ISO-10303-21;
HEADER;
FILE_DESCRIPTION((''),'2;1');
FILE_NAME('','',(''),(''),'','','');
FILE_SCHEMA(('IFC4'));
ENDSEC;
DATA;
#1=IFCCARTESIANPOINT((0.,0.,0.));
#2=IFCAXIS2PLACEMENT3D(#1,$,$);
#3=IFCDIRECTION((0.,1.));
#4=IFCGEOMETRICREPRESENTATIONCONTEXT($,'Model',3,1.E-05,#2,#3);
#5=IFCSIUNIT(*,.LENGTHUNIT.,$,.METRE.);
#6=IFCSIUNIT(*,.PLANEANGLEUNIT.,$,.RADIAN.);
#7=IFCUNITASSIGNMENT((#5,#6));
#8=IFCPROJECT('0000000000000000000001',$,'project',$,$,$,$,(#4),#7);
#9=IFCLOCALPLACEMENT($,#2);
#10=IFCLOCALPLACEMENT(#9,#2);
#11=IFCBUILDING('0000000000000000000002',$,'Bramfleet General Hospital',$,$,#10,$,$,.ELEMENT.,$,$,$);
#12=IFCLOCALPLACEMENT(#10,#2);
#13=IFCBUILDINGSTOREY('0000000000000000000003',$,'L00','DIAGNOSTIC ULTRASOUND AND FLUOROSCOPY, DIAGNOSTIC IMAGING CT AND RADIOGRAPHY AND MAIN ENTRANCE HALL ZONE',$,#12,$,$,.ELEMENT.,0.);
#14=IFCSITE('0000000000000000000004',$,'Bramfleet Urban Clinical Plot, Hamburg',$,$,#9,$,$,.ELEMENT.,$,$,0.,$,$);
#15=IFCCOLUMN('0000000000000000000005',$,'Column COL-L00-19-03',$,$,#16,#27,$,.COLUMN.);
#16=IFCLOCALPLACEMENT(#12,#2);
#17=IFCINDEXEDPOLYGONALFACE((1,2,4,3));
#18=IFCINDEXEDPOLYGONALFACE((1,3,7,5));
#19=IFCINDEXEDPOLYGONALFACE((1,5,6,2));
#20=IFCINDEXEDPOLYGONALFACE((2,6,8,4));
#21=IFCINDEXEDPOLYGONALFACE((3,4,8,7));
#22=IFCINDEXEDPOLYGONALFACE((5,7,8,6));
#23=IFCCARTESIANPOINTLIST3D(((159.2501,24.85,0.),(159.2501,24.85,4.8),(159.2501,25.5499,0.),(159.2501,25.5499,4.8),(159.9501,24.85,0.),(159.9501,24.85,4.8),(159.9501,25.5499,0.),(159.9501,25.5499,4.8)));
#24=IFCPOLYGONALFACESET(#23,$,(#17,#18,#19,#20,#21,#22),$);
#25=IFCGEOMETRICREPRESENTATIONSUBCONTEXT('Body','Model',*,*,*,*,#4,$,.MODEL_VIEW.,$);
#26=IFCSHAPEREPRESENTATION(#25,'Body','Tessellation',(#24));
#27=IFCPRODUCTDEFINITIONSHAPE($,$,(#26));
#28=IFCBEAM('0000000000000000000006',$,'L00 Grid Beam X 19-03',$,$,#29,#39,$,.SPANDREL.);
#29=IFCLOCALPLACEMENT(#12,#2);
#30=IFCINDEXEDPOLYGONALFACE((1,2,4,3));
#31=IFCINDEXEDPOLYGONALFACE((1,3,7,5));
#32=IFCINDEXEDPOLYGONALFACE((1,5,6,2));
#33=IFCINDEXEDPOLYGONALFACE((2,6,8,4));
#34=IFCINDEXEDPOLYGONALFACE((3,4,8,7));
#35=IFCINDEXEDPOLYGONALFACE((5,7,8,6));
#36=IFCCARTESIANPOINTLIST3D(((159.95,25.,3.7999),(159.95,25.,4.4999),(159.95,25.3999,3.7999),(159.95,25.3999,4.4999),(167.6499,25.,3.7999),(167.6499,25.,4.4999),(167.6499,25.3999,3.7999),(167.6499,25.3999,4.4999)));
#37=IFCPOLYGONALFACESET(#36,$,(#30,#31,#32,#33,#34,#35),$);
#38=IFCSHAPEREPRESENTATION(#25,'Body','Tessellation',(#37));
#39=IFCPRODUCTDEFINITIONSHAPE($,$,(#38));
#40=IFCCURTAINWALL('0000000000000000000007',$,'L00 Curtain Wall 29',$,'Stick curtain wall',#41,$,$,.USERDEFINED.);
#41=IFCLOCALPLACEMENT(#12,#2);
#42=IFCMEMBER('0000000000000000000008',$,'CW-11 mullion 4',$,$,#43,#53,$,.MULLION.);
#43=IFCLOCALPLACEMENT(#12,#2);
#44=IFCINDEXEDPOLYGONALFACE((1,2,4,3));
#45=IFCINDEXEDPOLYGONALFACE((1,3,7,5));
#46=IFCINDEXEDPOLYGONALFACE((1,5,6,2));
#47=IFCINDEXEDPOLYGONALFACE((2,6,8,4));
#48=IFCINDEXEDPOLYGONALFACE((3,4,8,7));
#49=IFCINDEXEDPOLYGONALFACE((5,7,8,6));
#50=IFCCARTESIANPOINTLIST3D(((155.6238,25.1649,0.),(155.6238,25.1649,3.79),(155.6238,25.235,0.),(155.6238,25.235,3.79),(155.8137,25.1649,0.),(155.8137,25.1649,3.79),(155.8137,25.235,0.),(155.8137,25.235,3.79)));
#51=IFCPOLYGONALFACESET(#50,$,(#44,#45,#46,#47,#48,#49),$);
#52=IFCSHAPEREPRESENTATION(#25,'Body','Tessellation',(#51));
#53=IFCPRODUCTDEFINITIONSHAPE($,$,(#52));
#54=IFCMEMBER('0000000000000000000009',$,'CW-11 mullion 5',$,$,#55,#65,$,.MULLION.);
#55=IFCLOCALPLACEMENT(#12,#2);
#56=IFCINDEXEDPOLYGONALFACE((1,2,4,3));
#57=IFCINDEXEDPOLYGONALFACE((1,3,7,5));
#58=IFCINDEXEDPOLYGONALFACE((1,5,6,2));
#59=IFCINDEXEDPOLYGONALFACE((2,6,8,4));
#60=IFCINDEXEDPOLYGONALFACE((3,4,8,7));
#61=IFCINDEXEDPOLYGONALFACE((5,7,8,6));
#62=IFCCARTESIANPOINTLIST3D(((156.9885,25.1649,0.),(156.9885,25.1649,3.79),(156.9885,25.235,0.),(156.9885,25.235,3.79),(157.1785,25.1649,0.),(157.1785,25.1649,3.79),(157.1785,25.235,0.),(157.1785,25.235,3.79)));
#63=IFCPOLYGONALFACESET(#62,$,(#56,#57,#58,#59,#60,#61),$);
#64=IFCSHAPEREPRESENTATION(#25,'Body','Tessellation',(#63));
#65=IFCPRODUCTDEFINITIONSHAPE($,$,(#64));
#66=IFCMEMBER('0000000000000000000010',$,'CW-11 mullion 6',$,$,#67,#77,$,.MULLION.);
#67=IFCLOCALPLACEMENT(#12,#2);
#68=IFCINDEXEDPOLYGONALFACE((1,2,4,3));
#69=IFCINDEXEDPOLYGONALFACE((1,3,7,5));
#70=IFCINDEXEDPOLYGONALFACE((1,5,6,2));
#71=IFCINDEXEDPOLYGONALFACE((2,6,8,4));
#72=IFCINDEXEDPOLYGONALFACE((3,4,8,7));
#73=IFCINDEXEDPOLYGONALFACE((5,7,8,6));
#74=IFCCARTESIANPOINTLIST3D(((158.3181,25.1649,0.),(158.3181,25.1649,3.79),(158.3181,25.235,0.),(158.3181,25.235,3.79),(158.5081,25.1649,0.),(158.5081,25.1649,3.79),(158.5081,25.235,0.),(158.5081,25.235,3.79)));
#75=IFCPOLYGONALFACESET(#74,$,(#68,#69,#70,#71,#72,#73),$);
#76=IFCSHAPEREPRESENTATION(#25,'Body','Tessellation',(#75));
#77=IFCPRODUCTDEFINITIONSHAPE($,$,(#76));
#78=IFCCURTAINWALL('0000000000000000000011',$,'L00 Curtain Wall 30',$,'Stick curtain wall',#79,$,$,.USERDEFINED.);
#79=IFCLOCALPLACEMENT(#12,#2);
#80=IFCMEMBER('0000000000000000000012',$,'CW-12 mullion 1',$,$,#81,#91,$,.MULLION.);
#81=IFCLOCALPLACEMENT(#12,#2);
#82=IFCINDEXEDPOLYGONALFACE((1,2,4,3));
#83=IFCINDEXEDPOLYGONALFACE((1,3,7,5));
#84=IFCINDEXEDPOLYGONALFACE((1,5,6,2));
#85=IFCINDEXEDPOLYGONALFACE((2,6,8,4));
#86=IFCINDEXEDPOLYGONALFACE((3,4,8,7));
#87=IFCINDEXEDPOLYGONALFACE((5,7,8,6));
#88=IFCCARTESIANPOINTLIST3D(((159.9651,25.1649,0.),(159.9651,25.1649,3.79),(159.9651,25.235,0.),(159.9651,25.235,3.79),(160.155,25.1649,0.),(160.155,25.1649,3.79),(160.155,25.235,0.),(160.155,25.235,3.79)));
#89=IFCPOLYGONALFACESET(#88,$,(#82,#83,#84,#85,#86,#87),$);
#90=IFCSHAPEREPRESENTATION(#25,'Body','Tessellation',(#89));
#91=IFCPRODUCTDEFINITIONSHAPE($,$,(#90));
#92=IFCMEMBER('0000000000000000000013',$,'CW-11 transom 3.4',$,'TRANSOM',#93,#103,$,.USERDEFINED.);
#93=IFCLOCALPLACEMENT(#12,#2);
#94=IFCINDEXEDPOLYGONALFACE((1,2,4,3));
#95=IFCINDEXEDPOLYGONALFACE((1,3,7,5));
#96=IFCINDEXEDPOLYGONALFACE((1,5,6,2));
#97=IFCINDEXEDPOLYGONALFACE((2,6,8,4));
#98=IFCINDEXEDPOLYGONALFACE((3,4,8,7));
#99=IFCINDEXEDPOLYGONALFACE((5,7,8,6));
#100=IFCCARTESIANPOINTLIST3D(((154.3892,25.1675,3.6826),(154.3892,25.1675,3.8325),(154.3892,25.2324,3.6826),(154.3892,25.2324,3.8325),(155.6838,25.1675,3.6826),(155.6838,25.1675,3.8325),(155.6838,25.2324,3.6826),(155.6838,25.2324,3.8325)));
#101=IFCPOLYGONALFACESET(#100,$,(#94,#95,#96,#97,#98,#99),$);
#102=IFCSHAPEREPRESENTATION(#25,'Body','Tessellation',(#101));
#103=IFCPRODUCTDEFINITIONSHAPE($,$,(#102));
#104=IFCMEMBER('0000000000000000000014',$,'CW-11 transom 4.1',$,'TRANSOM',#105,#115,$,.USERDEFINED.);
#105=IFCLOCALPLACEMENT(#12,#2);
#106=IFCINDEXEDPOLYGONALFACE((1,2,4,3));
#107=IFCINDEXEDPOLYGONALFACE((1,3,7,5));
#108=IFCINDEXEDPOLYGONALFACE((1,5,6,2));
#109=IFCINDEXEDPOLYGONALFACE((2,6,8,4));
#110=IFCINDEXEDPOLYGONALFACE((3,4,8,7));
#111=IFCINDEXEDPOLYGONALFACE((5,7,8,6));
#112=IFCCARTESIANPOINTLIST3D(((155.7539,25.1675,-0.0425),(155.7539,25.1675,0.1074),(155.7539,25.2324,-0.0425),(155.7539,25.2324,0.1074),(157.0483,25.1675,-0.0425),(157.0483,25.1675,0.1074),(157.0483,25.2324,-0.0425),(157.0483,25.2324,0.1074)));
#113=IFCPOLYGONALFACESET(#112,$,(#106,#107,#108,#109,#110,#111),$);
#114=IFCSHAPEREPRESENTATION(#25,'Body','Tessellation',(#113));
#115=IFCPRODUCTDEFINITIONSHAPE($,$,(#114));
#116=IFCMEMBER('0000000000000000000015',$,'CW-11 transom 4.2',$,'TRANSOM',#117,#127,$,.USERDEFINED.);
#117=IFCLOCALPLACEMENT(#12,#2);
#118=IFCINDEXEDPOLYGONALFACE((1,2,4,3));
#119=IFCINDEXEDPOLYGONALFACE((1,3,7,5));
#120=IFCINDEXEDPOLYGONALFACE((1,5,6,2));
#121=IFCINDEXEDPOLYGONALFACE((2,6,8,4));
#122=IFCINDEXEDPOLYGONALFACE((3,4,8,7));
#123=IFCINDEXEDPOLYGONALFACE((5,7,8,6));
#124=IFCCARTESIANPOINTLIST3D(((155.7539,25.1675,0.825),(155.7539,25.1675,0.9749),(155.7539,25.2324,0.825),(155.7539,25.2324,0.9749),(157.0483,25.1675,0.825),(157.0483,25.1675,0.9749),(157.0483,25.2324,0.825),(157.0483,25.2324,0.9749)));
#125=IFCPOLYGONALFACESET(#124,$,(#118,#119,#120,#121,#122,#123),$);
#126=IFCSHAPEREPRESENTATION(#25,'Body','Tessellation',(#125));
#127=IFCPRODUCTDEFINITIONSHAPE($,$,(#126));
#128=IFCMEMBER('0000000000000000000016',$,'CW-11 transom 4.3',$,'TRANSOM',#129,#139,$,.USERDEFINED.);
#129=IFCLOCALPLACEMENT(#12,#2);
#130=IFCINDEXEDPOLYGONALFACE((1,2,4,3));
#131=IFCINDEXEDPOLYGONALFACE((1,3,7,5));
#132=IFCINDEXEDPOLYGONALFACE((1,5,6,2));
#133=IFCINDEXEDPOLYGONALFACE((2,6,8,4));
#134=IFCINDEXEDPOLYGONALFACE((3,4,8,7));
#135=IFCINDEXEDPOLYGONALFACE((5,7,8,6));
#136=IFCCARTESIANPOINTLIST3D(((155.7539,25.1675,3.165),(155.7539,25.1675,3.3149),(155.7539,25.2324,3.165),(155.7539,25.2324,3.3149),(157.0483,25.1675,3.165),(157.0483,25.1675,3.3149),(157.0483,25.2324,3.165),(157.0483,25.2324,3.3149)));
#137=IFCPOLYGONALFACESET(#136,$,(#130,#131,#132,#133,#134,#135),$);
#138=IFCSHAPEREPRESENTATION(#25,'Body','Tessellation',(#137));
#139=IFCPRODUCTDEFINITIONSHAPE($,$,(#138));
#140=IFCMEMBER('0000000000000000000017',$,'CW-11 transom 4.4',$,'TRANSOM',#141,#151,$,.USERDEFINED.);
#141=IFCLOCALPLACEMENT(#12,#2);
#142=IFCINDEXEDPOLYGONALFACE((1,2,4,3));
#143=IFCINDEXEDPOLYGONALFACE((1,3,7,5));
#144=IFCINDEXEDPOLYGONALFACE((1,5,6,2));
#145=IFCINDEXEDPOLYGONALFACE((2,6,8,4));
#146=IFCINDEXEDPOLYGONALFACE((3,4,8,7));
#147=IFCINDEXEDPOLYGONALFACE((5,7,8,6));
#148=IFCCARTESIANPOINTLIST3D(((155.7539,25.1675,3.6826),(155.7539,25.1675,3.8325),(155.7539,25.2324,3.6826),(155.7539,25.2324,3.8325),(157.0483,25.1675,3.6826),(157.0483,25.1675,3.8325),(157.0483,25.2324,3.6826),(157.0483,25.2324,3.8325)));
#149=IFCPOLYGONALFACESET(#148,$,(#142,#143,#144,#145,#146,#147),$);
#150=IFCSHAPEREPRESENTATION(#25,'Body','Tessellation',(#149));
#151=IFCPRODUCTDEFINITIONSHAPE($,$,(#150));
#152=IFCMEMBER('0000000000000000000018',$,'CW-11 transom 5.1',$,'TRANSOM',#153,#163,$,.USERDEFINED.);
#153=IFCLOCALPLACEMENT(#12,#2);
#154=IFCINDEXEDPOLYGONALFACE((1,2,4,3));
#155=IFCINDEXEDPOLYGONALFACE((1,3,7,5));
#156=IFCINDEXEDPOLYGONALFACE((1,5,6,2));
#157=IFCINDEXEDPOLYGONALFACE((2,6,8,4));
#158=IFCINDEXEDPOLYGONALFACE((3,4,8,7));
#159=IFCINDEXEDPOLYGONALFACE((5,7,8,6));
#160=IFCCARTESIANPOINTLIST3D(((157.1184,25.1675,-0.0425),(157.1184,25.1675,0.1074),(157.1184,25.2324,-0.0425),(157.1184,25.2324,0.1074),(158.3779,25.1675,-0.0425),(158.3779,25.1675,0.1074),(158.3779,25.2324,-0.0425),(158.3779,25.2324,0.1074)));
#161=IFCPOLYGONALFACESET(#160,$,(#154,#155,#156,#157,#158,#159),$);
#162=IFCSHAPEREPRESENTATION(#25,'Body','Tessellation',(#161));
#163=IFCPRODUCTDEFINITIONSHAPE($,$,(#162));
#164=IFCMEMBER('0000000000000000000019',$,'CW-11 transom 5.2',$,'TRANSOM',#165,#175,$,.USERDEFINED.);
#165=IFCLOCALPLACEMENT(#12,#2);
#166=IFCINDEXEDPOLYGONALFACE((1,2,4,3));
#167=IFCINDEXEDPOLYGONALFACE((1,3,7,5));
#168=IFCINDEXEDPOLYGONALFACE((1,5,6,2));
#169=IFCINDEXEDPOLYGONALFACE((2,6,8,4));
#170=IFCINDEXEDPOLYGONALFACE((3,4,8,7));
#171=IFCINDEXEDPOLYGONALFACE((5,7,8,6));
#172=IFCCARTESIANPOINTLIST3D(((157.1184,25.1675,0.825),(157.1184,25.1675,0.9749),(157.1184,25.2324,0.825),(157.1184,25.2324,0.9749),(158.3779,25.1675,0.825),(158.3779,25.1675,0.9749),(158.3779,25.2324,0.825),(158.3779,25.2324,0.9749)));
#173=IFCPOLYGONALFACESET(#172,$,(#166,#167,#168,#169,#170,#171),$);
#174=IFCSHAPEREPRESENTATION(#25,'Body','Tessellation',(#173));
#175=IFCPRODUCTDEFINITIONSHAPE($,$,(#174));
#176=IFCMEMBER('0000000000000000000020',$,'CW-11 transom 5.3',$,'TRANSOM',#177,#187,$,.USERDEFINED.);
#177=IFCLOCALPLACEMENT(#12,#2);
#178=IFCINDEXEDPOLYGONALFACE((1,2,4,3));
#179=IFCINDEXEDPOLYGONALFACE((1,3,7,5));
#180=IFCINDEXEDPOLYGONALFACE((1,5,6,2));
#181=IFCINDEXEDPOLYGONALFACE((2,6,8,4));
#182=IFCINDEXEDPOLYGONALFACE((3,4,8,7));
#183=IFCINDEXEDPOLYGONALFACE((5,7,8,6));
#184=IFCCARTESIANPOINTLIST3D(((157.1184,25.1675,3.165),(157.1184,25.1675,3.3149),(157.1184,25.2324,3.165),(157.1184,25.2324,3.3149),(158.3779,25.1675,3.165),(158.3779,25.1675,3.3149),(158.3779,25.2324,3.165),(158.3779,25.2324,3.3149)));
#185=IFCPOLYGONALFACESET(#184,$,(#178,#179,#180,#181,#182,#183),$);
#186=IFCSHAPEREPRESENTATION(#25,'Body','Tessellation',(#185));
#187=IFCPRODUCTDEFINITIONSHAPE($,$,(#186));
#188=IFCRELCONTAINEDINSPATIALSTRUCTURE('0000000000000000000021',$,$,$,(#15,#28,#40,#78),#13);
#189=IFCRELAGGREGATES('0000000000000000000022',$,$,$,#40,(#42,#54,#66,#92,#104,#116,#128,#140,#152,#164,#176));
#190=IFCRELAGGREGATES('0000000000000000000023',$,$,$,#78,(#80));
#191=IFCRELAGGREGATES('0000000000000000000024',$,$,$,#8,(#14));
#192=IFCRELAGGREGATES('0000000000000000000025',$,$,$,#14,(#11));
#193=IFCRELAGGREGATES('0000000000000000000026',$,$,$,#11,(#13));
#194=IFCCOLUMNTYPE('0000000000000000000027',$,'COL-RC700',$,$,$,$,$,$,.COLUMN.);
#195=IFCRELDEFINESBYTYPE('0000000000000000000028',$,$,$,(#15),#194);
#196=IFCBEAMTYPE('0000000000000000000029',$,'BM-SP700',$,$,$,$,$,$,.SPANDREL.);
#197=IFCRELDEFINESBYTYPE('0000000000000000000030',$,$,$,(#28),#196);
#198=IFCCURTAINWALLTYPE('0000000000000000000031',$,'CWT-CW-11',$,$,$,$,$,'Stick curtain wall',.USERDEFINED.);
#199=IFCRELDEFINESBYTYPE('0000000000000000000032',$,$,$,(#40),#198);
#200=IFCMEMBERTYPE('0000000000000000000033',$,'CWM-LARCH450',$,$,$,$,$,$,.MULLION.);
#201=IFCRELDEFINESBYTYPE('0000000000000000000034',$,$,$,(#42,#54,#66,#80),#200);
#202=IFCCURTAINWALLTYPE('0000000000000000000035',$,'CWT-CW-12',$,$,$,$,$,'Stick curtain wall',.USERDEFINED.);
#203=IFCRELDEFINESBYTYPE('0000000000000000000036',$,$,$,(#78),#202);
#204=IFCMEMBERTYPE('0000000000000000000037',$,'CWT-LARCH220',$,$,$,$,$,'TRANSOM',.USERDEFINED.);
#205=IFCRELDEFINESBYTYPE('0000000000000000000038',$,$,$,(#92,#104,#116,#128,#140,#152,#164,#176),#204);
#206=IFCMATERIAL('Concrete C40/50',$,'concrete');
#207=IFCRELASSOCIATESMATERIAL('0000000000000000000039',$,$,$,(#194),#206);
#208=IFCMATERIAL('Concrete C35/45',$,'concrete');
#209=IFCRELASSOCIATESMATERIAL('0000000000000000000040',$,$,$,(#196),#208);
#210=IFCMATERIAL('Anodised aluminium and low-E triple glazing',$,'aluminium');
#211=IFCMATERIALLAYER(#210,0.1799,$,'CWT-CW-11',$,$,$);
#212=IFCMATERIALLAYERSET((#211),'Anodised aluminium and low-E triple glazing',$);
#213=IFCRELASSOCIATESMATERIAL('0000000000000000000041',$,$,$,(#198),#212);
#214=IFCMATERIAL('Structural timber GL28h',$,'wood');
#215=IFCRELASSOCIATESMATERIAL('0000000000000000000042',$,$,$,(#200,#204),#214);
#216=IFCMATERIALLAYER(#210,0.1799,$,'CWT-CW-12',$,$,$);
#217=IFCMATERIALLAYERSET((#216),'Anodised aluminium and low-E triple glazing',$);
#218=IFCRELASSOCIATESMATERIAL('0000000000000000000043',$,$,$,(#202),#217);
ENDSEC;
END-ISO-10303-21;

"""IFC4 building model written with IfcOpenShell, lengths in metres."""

from ifc_helpers import new_model, si_unit, direction, frame, origin, origin_2d, place, context, subcontext, project, spatial, rectangle, extrude, material, layer, layer_set, material_profile, profile_set, type_object, element, aggregate, save


model = new_model("IFC4")

# Units and contexts
model_context = context("Model", 3, precision=1e-05, world=origin(), true_north=direction((0.0, 1.0)))
body_context = subcontext(model_context, "Body", "Model", "MODEL_VIEW")
ifc_project = project(units=[si_unit("LENGTHUNIT", "METRE"), si_unit("PLANEANGLEUNIT", "RADIAN")], contexts=[model_context])

# Site, building, storey
site_placement = place(None, origin())
site = spatial("IfcSite", under=ifc_project, at=site_placement, Name="Bramfleet Urban Clinical Plot, Hamburg", CompositionType="ELEMENT", RefElevation=0.0)
building_placement = place(site_placement, origin())
building = spatial("IfcBuilding", under=site, at=building_placement, Name="Bramfleet General Hospital", CompositionType="ELEMENT")
storey_placement = place(building_placement, origin())
storey = spatial("IfcBuildingStorey", under=building, at=storey_placement, Name="L00", Description="DIAGNOSTIC ULTRASOUND AND FLUOROSCOPY, DIAGNOSTIC IMAGING CT AND RADIOGRAPHY AND MAIN ENTRANCE HALL ZONE", CompositionType="ELEMENT", Elevation=0.0)

# Column
ifc_material_1 = material(Name="Concrete C40/50", Category="concrete")
ifc_material_profile_1 = material_profile(ifc_material_1, rectangle(XDim=0.7, YDim=0.7, at=origin_2d()), Name="RC COL 700x700")
ifc_profile_set_1 = profile_set([ifc_material_profile_1], Name="Concrete C40/50")
column_type = type_object("IfcColumnType", Name="COL-RC700", PredefinedType="COLUMN", material=ifc_profile_set_1)
column_placement = place(storey_placement, frame((159.6001, 25.2, 0.0), z_axis=(0.0, 0.0, 1.0), x_axis=(1.0, 0.0, 0.0)))
element("IfcColumn", 1, at=column_placement, inside=storey, type_object=column_type, Name="Column COL-L00-19-03", PredefinedType="COLUMN", context=body_context, shape_type="SweptSolid", body=[
    extrude(rectangle(XDim=0.7, YDim=0.7, at=origin_2d()), origin(), (0.0, 0.0, 1.0), 4.8),
])

# Beam
ifc_material_2 = material(Name="Concrete C35/45", Category="concrete")
ifc_material_profile_2 = material_profile(ifc_material_2, rectangle(XDim=0.3999, YDim=0.7, at=origin_2d()), Name="RC SP 700x400")
ifc_profile_set_2 = profile_set([ifc_material_profile_2], Name="Concrete C35/45")
beam_type = type_object("IfcBeamType", Name="BM-SP700", PredefinedType="SPANDREL", material=ifc_profile_set_2)
beam_placement = place(storey_placement, frame((159.95, 25.2, 4.1499), z_axis=(1.0, 0.0, 0.0), x_axis=(0.0, 1.0, 0.0)))
element("IfcBeam", 2, at=beam_placement, inside=storey, type_object=beam_type, Name="L00 Grid Beam X 19-03", PredefinedType="SPANDREL", context=body_context, shape_type="SweptSolid", body=[
    extrude(rectangle(XDim=0.3999, YDim=0.7, at=origin_2d()), origin(), (0.0, 0.0, 1.0), 7.7),
])

# Curtain wall, members
ifc_material_3 = material(Name="Anodised aluminium and low-E triple glazing", Category="aluminium")
ifc_layer_1 = layer(ifc_material_3, 0.1799, Name="CWT-CW-11")
ifc_layer_set_1 = layer_set([ifc_layer_1], Name="Anodised aluminium and low-E triple glazing")
curtain_wall_type_1 = type_object("IfcCurtainWallType", Name="CWT-CW-11", ElementType="Stick curtain wall", PredefinedType="USERDEFINED", material=ifc_layer_set_1)
curtain_wall_1_placement = place(storey_placement, origin())
curtain_wall_1 = element("IfcCurtainWall", 3, at=curtain_wall_1_placement, inside=storey, type_object=curtain_wall_type_1, Name="L00 Curtain Wall 29", ObjectType="Stick curtain wall", PredefinedType="USERDEFINED")
ifc_material_4 = material(Name="Structural timber GL28h", Category="wood")
ifc_material_profile_3 = material_profile(ifc_material_4, rectangle(XDim=0.0701, YDim=0.1899, at=origin_2d()), Name="LARCH 190x70")
ifc_profile_set_3 = profile_set([ifc_material_profile_3], Name="Structural timber GL28h")
member_type_1 = type_object("IfcMemberType", Name="CWM-LARCH450", PredefinedType="MULLION", material=ifc_profile_set_3)
member_1_placement = place(storey_placement, frame((155.7188, 25.2, 0.0), z_axis=(0.0, 0.0, 1.0), x_axis=(0.0, 1.0, 0.0)))
member_1 = element("IfcMember", 4, at=member_1_placement, type_object=member_type_1, Name="CW-11 mullion 4", PredefinedType="MULLION", context=body_context, shape_type="SweptSolid", body=[
    extrude(rectangle(XDim=0.0701, YDim=0.1899, at=origin_2d()), origin(), (0.0, 0.0, 1.0), 3.79),
])
member_2_placement = place(storey_placement, frame((157.0835, 25.2, 0.0), z_axis=(0.0, 0.0, 1.0), x_axis=(0.0, 1.0, 0.0)))
member_2 = element("IfcMember", 5, at=member_2_placement, type_object=member_type_1, Name="CW-11 mullion 5", PredefinedType="MULLION", context=body_context, shape_type="SweptSolid", body=[
    extrude(rectangle(XDim=0.0701, YDim=0.1899, at=origin_2d()), origin(), (0.0, 0.0, 1.0), 3.79),
])
member_3_placement = place(storey_placement, frame((158.4131, 25.2, 0.0), z_axis=(0.0, 0.0, 1.0), x_axis=(0.0, 1.0, 0.0)))
member_3 = element("IfcMember", 6, at=member_3_placement, type_object=member_type_1, Name="CW-11 mullion 6", PredefinedType="MULLION", context=body_context, shape_type="SweptSolid", body=[
    extrude(rectangle(XDim=0.0701, YDim=0.1899, at=origin_2d()), origin(), (0.0, 0.0, 1.0), 3.79),
])

# Curtain wall, member
ifc_layer_2 = layer(ifc_material_3, 0.1799, Name="CWT-CW-12")
ifc_layer_set_2 = layer_set([ifc_layer_2], Name="Anodised aluminium and low-E triple glazing")
curtain_wall_type_2 = type_object("IfcCurtainWallType", Name="CWT-CW-12", ElementType="Stick curtain wall", PredefinedType="USERDEFINED", material=ifc_layer_set_2)
curtain_wall_2_placement = place(storey_placement, origin())
curtain_wall_2 = element("IfcCurtainWall", 7, at=curtain_wall_2_placement, inside=storey, type_object=curtain_wall_type_2, Name="L00 Curtain Wall 30", ObjectType="Stick curtain wall", PredefinedType="USERDEFINED")
member_4_placement = place(storey_placement, frame((160.0601, 25.2, 0.0), z_axis=(0.0, 0.0, 1.0), x_axis=(0.0, 1.0, 0.0)))
member_4 = element("IfcMember", 8, at=member_4_placement, type_object=member_type_1, Name="CW-12 mullion 1", PredefinedType="MULLION", context=body_context, shape_type="SweptSolid", body=[
    extrude(rectangle(XDim=0.0701, YDim=0.1899, at=origin_2d()), origin(), (0.0, 0.0, 1.0), 3.79),
])

# Members
ifc_material_profile_4 = material_profile(ifc_material_4, rectangle(XDim=0.0649, YDim=0.1499, at=origin_2d()), Name="LARCH 150x65")
ifc_profile_set_4 = profile_set([ifc_material_profile_4], Name="Structural timber GL28h")
member_type_2 = type_object("IfcMemberType", Name="CWT-LARCH220", ElementType="TRANSOM", PredefinedType="USERDEFINED", material=ifc_profile_set_4)
member_5_placement = place(storey_placement, frame((154.3892, 25.2, 3.7576), z_axis=(1.0, 0.0, 0.0), x_axis=(0.0, 1.0, 0.0)))
member_5 = element("IfcMember", 9, at=member_5_placement, type_object=member_type_2, Name="CW-11 transom 3.4", ObjectType="TRANSOM", PredefinedType="USERDEFINED", context=body_context, shape_type="SweptSolid", body=[
    extrude(rectangle(XDim=0.0649, YDim=0.1499, at=origin_2d()), origin(), (0.0, 0.0, 1.0), 1.2947),
])
member_6_placement = place(storey_placement, frame((155.7539, 25.2, 0.0325), z_axis=(1.0, 0.0, 0.0), x_axis=(0.0, 1.0, 0.0)))
member_6 = element("IfcMember", 10, at=member_6_placement, type_object=member_type_2, Name="CW-11 transom 4.1", ObjectType="TRANSOM", PredefinedType="USERDEFINED", context=body_context, shape_type="SweptSolid", body=[
    extrude(rectangle(XDim=0.0649, YDim=0.1499, at=origin_2d()), origin(), (0.0, 0.0, 1.0), 1.2944),
])
member_7_placement = place(storey_placement, frame((155.7539, 25.2, 0.8999), z_axis=(1.0, 0.0, 0.0), x_axis=(0.0, 1.0, 0.0)))
member_7 = element("IfcMember", 11, at=member_7_placement, type_object=member_type_2, Name="CW-11 transom 4.2", ObjectType="TRANSOM", PredefinedType="USERDEFINED", context=body_context, shape_type="SweptSolid", body=[
    extrude(rectangle(XDim=0.0649, YDim=0.1499, at=origin_2d()), origin(), (0.0, 0.0, 1.0), 1.2944),
])
member_8_placement = place(storey_placement, frame((155.7539, 25.2, 3.24), z_axis=(1.0, 0.0, 0.0), x_axis=(0.0, 1.0, 0.0)))
member_8 = element("IfcMember", 12, at=member_8_placement, type_object=member_type_2, Name="CW-11 transom 4.3", ObjectType="TRANSOM", PredefinedType="USERDEFINED", context=body_context, shape_type="SweptSolid", body=[
    extrude(rectangle(XDim=0.0649, YDim=0.1499, at=origin_2d()), origin(), (0.0, 0.0, 1.0), 1.2944),
])
member_9_placement = place(storey_placement, frame((155.7539, 25.2, 3.7576), z_axis=(1.0, 0.0, 0.0), x_axis=(0.0, 1.0, 0.0)))
member_9 = element("IfcMember", 13, at=member_9_placement, type_object=member_type_2, Name="CW-11 transom 4.4", ObjectType="TRANSOM", PredefinedType="USERDEFINED", context=body_context, shape_type="SweptSolid", body=[
    extrude(rectangle(XDim=0.0649, YDim=0.1499, at=origin_2d()), origin(), (0.0, 0.0, 1.0), 1.2944),
])
member_10_placement = place(storey_placement, frame((157.1184, 25.2, 0.0325), z_axis=(1.0, 0.0, 0.0), x_axis=(0.0, 1.0, 0.0)))
member_10 = element("IfcMember", 14, at=member_10_placement, type_object=member_type_2, Name="CW-11 transom 5.1", ObjectType="TRANSOM", PredefinedType="USERDEFINED", context=body_context, shape_type="SweptSolid", body=[
    extrude(rectangle(XDim=0.0649, YDim=0.1499, at=origin_2d()), origin(), (0.0, 0.0, 1.0), 1.2595),
])
member_11_placement = place(storey_placement, frame((157.1184, 25.2, 0.8999), z_axis=(1.0, 0.0, 0.0), x_axis=(0.0, 1.0, 0.0)))
member_11 = element("IfcMember", 15, at=member_11_placement, type_object=member_type_2, Name="CW-11 transom 5.2", ObjectType="TRANSOM", PredefinedType="USERDEFINED", context=body_context, shape_type="SweptSolid", body=[
    extrude(rectangle(XDim=0.0649, YDim=0.1499, at=origin_2d()), origin(), (0.0, 0.0, 1.0), 1.2595),
])
member_12_placement = place(storey_placement, frame((157.1184, 25.2, 3.24), z_axis=(1.0, 0.0, 0.0), x_axis=(0.0, 1.0, 0.0)))
member_12 = element("IfcMember", 16, at=member_12_placement, type_object=member_type_2, Name="CW-11 transom 5.3", ObjectType="TRANSOM", PredefinedType="USERDEFINED", context=body_context, shape_type="SweptSolid", body=[
    extrude(rectangle(XDim=0.0649, YDim=0.1499, at=origin_2d()), origin(), (0.0, 0.0, 1.0), 1.2595),
])

aggregate(curtain_wall_1, [member_1, member_2, member_3, member_5, member_6, member_7, member_8, member_9, member_10, member_11, member_12])
aggregate(curtain_wall_2, [member_4])

save(model, "model.ifc")
